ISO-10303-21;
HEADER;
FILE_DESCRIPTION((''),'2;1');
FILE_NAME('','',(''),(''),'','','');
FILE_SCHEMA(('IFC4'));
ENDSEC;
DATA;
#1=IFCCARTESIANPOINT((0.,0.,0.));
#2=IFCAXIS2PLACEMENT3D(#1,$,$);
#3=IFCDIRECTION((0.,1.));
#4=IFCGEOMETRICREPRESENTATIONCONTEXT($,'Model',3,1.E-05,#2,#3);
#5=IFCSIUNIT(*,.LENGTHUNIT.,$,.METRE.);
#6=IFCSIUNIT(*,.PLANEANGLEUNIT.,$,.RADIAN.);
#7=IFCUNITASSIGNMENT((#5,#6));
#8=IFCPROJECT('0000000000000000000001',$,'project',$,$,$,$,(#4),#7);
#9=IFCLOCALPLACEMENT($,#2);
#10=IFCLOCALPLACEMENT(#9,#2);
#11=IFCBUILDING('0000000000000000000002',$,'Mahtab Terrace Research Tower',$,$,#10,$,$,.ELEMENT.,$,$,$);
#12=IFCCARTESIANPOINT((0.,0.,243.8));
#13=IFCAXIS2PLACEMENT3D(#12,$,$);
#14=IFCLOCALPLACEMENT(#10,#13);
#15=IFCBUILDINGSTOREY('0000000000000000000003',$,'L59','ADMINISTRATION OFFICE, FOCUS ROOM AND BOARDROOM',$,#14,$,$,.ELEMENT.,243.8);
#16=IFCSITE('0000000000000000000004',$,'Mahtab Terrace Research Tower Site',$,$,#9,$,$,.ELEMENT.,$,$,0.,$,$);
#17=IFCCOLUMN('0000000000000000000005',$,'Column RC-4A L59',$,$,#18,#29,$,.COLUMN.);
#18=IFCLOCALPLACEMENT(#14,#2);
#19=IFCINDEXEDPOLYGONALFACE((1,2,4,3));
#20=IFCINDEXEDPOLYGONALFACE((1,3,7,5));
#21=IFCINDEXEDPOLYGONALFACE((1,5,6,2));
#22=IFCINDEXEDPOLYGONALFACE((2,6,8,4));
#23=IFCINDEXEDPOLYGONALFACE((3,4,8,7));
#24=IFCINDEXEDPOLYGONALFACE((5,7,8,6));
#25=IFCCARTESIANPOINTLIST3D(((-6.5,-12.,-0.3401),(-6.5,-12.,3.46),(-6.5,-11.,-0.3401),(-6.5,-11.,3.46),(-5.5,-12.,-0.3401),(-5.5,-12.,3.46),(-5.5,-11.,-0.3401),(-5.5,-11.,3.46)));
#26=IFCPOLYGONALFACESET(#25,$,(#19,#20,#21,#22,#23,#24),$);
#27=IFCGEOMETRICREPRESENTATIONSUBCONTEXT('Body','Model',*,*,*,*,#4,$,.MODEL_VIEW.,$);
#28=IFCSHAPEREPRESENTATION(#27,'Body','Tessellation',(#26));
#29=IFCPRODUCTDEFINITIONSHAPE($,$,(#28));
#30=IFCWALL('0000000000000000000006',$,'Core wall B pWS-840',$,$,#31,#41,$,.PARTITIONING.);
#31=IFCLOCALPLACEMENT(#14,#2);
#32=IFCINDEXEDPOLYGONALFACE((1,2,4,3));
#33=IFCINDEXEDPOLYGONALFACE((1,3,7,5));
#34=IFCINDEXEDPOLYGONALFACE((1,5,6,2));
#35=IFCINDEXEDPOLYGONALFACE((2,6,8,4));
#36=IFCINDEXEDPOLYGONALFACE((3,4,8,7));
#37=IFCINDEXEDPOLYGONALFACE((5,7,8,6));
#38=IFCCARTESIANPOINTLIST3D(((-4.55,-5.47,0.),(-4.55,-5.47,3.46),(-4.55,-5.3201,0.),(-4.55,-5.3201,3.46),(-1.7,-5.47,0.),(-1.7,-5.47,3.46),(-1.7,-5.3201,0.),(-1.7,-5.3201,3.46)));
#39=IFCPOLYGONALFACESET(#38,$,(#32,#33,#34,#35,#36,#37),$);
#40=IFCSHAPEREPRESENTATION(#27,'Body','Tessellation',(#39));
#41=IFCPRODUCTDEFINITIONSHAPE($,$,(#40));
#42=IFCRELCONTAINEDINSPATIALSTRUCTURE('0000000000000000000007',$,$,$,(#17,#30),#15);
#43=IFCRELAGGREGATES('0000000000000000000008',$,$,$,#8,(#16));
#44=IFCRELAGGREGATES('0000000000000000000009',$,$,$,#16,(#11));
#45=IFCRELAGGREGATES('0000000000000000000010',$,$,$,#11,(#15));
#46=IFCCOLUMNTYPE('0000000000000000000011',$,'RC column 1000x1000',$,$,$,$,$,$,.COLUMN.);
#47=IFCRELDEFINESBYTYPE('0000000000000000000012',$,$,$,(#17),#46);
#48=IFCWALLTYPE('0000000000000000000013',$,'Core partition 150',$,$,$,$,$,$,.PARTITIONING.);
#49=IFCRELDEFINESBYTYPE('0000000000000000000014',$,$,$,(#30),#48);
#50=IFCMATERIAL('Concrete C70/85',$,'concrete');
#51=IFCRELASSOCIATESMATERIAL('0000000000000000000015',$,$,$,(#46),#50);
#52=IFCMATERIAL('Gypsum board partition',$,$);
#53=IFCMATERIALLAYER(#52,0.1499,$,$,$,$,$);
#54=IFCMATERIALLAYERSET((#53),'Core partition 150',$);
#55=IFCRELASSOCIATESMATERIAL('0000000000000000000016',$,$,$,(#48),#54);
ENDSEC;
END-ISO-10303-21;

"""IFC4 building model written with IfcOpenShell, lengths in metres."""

from ifc_helpers import new_model, si_unit, direction, frame, frame_2d, origin, origin_2d, place, context, subcontext, project, spatial, rectangle, extrude, material, layer, layer_set, material_profile, profile_set, type_object, element, save


model = new_model("IFC4")

# Units and contexts
model_context = context("Model", 3, precision=1e-05, world=origin(), true_north=direction((0.0, 1.0)))
body_context = subcontext(model_context, "Body", "Model", "MODEL_VIEW")
ifc_project = project(units=[si_unit("LENGTHUNIT", "METRE"), si_unit("PLANEANGLEUNIT", "RADIAN")], contexts=[model_context])

# Site, building, storey
site_placement = place(None, origin())
site = spatial("IfcSite", under=ifc_project, at=site_placement, Name="Mahtab Terrace Research Tower Site", CompositionType="ELEMENT", RefElevation=0.0)
building_placement = place(site_placement, origin())
building = spatial("IfcBuilding", under=site, at=building_placement, Name="Mahtab Terrace Research Tower", CompositionType="ELEMENT")
storey_placement = place(building_placement, frame((0.0, 0.0, 243.8)))
storey = spatial("IfcBuildingStorey", under=building, at=storey_placement, Name="L59", Description="ADMINISTRATION OFFICE, FOCUS ROOM AND BOARDROOM", CompositionType="ELEMENT", Elevation=243.8)

# Column
ifc_material_1 = material(Name="Concrete C70/85", Category="concrete")
ifc_material_profile = material_profile(ifc_material_1, rectangle(XDim=1.0, YDim=1.0, at=origin_2d()), Name="RC column 1000x1000")
ifc_profile_set = profile_set([ifc_material_profile], Name="Concrete C70/85")
column_type = type_object("IfcColumnType", Name="RC column 1000x1000", PredefinedType="COLUMN", material=ifc_profile_set)
column_placement = place(storey_placement, frame((-6.0, -11.5, -0.3401), z_axis=(0.0, 0.0, 1.0), x_axis=(1.0, 0.0, 0.0)))
element("IfcColumn", 1, at=column_placement, inside=storey, type_object=column_type, Name="Column RC-4A L59", PredefinedType="COLUMN", context=body_context, shape_type="SweptSolid", body=[
    extrude(rectangle(XDim=1.0, YDim=1.0, at=origin_2d()), origin(), (0.0, 0.0, 1.0), 3.8),
])

# Wall
ifc_material_2 = material(Name="Gypsum board partition")
ifc_layer_1 = layer(ifc_material_2, 0.1499)
ifc_layer_set_1 = layer_set([ifc_layer_1], Name="Core partition 150")
wall_type_1 = type_object("IfcWallType", Name="Core partition 150", PredefinedType="PARTITIONING", material=ifc_layer_set_1)
wall_1_placement = place(storey_placement, frame((-4.55, -5.395, 0.0), z_axis=(0.0, 0.0, 1.0), x_axis=(1.0, 0.0, 0.0)))
element("IfcWall", 2, at=wall_1_placement, inside=storey, type_object=wall_type_1, Name="Core wall B pWS-840", PredefinedType="PARTITIONING", context=body_context, shape_type="SweptSolid", body=[
    extrude(rectangle(XDim=2.8501, YDim=0.1499, at=frame_2d((1.425, 0.0))), origin(), (0.0, 0.0, 1.0), 3.46),
])

save(model, "model.ifc")
